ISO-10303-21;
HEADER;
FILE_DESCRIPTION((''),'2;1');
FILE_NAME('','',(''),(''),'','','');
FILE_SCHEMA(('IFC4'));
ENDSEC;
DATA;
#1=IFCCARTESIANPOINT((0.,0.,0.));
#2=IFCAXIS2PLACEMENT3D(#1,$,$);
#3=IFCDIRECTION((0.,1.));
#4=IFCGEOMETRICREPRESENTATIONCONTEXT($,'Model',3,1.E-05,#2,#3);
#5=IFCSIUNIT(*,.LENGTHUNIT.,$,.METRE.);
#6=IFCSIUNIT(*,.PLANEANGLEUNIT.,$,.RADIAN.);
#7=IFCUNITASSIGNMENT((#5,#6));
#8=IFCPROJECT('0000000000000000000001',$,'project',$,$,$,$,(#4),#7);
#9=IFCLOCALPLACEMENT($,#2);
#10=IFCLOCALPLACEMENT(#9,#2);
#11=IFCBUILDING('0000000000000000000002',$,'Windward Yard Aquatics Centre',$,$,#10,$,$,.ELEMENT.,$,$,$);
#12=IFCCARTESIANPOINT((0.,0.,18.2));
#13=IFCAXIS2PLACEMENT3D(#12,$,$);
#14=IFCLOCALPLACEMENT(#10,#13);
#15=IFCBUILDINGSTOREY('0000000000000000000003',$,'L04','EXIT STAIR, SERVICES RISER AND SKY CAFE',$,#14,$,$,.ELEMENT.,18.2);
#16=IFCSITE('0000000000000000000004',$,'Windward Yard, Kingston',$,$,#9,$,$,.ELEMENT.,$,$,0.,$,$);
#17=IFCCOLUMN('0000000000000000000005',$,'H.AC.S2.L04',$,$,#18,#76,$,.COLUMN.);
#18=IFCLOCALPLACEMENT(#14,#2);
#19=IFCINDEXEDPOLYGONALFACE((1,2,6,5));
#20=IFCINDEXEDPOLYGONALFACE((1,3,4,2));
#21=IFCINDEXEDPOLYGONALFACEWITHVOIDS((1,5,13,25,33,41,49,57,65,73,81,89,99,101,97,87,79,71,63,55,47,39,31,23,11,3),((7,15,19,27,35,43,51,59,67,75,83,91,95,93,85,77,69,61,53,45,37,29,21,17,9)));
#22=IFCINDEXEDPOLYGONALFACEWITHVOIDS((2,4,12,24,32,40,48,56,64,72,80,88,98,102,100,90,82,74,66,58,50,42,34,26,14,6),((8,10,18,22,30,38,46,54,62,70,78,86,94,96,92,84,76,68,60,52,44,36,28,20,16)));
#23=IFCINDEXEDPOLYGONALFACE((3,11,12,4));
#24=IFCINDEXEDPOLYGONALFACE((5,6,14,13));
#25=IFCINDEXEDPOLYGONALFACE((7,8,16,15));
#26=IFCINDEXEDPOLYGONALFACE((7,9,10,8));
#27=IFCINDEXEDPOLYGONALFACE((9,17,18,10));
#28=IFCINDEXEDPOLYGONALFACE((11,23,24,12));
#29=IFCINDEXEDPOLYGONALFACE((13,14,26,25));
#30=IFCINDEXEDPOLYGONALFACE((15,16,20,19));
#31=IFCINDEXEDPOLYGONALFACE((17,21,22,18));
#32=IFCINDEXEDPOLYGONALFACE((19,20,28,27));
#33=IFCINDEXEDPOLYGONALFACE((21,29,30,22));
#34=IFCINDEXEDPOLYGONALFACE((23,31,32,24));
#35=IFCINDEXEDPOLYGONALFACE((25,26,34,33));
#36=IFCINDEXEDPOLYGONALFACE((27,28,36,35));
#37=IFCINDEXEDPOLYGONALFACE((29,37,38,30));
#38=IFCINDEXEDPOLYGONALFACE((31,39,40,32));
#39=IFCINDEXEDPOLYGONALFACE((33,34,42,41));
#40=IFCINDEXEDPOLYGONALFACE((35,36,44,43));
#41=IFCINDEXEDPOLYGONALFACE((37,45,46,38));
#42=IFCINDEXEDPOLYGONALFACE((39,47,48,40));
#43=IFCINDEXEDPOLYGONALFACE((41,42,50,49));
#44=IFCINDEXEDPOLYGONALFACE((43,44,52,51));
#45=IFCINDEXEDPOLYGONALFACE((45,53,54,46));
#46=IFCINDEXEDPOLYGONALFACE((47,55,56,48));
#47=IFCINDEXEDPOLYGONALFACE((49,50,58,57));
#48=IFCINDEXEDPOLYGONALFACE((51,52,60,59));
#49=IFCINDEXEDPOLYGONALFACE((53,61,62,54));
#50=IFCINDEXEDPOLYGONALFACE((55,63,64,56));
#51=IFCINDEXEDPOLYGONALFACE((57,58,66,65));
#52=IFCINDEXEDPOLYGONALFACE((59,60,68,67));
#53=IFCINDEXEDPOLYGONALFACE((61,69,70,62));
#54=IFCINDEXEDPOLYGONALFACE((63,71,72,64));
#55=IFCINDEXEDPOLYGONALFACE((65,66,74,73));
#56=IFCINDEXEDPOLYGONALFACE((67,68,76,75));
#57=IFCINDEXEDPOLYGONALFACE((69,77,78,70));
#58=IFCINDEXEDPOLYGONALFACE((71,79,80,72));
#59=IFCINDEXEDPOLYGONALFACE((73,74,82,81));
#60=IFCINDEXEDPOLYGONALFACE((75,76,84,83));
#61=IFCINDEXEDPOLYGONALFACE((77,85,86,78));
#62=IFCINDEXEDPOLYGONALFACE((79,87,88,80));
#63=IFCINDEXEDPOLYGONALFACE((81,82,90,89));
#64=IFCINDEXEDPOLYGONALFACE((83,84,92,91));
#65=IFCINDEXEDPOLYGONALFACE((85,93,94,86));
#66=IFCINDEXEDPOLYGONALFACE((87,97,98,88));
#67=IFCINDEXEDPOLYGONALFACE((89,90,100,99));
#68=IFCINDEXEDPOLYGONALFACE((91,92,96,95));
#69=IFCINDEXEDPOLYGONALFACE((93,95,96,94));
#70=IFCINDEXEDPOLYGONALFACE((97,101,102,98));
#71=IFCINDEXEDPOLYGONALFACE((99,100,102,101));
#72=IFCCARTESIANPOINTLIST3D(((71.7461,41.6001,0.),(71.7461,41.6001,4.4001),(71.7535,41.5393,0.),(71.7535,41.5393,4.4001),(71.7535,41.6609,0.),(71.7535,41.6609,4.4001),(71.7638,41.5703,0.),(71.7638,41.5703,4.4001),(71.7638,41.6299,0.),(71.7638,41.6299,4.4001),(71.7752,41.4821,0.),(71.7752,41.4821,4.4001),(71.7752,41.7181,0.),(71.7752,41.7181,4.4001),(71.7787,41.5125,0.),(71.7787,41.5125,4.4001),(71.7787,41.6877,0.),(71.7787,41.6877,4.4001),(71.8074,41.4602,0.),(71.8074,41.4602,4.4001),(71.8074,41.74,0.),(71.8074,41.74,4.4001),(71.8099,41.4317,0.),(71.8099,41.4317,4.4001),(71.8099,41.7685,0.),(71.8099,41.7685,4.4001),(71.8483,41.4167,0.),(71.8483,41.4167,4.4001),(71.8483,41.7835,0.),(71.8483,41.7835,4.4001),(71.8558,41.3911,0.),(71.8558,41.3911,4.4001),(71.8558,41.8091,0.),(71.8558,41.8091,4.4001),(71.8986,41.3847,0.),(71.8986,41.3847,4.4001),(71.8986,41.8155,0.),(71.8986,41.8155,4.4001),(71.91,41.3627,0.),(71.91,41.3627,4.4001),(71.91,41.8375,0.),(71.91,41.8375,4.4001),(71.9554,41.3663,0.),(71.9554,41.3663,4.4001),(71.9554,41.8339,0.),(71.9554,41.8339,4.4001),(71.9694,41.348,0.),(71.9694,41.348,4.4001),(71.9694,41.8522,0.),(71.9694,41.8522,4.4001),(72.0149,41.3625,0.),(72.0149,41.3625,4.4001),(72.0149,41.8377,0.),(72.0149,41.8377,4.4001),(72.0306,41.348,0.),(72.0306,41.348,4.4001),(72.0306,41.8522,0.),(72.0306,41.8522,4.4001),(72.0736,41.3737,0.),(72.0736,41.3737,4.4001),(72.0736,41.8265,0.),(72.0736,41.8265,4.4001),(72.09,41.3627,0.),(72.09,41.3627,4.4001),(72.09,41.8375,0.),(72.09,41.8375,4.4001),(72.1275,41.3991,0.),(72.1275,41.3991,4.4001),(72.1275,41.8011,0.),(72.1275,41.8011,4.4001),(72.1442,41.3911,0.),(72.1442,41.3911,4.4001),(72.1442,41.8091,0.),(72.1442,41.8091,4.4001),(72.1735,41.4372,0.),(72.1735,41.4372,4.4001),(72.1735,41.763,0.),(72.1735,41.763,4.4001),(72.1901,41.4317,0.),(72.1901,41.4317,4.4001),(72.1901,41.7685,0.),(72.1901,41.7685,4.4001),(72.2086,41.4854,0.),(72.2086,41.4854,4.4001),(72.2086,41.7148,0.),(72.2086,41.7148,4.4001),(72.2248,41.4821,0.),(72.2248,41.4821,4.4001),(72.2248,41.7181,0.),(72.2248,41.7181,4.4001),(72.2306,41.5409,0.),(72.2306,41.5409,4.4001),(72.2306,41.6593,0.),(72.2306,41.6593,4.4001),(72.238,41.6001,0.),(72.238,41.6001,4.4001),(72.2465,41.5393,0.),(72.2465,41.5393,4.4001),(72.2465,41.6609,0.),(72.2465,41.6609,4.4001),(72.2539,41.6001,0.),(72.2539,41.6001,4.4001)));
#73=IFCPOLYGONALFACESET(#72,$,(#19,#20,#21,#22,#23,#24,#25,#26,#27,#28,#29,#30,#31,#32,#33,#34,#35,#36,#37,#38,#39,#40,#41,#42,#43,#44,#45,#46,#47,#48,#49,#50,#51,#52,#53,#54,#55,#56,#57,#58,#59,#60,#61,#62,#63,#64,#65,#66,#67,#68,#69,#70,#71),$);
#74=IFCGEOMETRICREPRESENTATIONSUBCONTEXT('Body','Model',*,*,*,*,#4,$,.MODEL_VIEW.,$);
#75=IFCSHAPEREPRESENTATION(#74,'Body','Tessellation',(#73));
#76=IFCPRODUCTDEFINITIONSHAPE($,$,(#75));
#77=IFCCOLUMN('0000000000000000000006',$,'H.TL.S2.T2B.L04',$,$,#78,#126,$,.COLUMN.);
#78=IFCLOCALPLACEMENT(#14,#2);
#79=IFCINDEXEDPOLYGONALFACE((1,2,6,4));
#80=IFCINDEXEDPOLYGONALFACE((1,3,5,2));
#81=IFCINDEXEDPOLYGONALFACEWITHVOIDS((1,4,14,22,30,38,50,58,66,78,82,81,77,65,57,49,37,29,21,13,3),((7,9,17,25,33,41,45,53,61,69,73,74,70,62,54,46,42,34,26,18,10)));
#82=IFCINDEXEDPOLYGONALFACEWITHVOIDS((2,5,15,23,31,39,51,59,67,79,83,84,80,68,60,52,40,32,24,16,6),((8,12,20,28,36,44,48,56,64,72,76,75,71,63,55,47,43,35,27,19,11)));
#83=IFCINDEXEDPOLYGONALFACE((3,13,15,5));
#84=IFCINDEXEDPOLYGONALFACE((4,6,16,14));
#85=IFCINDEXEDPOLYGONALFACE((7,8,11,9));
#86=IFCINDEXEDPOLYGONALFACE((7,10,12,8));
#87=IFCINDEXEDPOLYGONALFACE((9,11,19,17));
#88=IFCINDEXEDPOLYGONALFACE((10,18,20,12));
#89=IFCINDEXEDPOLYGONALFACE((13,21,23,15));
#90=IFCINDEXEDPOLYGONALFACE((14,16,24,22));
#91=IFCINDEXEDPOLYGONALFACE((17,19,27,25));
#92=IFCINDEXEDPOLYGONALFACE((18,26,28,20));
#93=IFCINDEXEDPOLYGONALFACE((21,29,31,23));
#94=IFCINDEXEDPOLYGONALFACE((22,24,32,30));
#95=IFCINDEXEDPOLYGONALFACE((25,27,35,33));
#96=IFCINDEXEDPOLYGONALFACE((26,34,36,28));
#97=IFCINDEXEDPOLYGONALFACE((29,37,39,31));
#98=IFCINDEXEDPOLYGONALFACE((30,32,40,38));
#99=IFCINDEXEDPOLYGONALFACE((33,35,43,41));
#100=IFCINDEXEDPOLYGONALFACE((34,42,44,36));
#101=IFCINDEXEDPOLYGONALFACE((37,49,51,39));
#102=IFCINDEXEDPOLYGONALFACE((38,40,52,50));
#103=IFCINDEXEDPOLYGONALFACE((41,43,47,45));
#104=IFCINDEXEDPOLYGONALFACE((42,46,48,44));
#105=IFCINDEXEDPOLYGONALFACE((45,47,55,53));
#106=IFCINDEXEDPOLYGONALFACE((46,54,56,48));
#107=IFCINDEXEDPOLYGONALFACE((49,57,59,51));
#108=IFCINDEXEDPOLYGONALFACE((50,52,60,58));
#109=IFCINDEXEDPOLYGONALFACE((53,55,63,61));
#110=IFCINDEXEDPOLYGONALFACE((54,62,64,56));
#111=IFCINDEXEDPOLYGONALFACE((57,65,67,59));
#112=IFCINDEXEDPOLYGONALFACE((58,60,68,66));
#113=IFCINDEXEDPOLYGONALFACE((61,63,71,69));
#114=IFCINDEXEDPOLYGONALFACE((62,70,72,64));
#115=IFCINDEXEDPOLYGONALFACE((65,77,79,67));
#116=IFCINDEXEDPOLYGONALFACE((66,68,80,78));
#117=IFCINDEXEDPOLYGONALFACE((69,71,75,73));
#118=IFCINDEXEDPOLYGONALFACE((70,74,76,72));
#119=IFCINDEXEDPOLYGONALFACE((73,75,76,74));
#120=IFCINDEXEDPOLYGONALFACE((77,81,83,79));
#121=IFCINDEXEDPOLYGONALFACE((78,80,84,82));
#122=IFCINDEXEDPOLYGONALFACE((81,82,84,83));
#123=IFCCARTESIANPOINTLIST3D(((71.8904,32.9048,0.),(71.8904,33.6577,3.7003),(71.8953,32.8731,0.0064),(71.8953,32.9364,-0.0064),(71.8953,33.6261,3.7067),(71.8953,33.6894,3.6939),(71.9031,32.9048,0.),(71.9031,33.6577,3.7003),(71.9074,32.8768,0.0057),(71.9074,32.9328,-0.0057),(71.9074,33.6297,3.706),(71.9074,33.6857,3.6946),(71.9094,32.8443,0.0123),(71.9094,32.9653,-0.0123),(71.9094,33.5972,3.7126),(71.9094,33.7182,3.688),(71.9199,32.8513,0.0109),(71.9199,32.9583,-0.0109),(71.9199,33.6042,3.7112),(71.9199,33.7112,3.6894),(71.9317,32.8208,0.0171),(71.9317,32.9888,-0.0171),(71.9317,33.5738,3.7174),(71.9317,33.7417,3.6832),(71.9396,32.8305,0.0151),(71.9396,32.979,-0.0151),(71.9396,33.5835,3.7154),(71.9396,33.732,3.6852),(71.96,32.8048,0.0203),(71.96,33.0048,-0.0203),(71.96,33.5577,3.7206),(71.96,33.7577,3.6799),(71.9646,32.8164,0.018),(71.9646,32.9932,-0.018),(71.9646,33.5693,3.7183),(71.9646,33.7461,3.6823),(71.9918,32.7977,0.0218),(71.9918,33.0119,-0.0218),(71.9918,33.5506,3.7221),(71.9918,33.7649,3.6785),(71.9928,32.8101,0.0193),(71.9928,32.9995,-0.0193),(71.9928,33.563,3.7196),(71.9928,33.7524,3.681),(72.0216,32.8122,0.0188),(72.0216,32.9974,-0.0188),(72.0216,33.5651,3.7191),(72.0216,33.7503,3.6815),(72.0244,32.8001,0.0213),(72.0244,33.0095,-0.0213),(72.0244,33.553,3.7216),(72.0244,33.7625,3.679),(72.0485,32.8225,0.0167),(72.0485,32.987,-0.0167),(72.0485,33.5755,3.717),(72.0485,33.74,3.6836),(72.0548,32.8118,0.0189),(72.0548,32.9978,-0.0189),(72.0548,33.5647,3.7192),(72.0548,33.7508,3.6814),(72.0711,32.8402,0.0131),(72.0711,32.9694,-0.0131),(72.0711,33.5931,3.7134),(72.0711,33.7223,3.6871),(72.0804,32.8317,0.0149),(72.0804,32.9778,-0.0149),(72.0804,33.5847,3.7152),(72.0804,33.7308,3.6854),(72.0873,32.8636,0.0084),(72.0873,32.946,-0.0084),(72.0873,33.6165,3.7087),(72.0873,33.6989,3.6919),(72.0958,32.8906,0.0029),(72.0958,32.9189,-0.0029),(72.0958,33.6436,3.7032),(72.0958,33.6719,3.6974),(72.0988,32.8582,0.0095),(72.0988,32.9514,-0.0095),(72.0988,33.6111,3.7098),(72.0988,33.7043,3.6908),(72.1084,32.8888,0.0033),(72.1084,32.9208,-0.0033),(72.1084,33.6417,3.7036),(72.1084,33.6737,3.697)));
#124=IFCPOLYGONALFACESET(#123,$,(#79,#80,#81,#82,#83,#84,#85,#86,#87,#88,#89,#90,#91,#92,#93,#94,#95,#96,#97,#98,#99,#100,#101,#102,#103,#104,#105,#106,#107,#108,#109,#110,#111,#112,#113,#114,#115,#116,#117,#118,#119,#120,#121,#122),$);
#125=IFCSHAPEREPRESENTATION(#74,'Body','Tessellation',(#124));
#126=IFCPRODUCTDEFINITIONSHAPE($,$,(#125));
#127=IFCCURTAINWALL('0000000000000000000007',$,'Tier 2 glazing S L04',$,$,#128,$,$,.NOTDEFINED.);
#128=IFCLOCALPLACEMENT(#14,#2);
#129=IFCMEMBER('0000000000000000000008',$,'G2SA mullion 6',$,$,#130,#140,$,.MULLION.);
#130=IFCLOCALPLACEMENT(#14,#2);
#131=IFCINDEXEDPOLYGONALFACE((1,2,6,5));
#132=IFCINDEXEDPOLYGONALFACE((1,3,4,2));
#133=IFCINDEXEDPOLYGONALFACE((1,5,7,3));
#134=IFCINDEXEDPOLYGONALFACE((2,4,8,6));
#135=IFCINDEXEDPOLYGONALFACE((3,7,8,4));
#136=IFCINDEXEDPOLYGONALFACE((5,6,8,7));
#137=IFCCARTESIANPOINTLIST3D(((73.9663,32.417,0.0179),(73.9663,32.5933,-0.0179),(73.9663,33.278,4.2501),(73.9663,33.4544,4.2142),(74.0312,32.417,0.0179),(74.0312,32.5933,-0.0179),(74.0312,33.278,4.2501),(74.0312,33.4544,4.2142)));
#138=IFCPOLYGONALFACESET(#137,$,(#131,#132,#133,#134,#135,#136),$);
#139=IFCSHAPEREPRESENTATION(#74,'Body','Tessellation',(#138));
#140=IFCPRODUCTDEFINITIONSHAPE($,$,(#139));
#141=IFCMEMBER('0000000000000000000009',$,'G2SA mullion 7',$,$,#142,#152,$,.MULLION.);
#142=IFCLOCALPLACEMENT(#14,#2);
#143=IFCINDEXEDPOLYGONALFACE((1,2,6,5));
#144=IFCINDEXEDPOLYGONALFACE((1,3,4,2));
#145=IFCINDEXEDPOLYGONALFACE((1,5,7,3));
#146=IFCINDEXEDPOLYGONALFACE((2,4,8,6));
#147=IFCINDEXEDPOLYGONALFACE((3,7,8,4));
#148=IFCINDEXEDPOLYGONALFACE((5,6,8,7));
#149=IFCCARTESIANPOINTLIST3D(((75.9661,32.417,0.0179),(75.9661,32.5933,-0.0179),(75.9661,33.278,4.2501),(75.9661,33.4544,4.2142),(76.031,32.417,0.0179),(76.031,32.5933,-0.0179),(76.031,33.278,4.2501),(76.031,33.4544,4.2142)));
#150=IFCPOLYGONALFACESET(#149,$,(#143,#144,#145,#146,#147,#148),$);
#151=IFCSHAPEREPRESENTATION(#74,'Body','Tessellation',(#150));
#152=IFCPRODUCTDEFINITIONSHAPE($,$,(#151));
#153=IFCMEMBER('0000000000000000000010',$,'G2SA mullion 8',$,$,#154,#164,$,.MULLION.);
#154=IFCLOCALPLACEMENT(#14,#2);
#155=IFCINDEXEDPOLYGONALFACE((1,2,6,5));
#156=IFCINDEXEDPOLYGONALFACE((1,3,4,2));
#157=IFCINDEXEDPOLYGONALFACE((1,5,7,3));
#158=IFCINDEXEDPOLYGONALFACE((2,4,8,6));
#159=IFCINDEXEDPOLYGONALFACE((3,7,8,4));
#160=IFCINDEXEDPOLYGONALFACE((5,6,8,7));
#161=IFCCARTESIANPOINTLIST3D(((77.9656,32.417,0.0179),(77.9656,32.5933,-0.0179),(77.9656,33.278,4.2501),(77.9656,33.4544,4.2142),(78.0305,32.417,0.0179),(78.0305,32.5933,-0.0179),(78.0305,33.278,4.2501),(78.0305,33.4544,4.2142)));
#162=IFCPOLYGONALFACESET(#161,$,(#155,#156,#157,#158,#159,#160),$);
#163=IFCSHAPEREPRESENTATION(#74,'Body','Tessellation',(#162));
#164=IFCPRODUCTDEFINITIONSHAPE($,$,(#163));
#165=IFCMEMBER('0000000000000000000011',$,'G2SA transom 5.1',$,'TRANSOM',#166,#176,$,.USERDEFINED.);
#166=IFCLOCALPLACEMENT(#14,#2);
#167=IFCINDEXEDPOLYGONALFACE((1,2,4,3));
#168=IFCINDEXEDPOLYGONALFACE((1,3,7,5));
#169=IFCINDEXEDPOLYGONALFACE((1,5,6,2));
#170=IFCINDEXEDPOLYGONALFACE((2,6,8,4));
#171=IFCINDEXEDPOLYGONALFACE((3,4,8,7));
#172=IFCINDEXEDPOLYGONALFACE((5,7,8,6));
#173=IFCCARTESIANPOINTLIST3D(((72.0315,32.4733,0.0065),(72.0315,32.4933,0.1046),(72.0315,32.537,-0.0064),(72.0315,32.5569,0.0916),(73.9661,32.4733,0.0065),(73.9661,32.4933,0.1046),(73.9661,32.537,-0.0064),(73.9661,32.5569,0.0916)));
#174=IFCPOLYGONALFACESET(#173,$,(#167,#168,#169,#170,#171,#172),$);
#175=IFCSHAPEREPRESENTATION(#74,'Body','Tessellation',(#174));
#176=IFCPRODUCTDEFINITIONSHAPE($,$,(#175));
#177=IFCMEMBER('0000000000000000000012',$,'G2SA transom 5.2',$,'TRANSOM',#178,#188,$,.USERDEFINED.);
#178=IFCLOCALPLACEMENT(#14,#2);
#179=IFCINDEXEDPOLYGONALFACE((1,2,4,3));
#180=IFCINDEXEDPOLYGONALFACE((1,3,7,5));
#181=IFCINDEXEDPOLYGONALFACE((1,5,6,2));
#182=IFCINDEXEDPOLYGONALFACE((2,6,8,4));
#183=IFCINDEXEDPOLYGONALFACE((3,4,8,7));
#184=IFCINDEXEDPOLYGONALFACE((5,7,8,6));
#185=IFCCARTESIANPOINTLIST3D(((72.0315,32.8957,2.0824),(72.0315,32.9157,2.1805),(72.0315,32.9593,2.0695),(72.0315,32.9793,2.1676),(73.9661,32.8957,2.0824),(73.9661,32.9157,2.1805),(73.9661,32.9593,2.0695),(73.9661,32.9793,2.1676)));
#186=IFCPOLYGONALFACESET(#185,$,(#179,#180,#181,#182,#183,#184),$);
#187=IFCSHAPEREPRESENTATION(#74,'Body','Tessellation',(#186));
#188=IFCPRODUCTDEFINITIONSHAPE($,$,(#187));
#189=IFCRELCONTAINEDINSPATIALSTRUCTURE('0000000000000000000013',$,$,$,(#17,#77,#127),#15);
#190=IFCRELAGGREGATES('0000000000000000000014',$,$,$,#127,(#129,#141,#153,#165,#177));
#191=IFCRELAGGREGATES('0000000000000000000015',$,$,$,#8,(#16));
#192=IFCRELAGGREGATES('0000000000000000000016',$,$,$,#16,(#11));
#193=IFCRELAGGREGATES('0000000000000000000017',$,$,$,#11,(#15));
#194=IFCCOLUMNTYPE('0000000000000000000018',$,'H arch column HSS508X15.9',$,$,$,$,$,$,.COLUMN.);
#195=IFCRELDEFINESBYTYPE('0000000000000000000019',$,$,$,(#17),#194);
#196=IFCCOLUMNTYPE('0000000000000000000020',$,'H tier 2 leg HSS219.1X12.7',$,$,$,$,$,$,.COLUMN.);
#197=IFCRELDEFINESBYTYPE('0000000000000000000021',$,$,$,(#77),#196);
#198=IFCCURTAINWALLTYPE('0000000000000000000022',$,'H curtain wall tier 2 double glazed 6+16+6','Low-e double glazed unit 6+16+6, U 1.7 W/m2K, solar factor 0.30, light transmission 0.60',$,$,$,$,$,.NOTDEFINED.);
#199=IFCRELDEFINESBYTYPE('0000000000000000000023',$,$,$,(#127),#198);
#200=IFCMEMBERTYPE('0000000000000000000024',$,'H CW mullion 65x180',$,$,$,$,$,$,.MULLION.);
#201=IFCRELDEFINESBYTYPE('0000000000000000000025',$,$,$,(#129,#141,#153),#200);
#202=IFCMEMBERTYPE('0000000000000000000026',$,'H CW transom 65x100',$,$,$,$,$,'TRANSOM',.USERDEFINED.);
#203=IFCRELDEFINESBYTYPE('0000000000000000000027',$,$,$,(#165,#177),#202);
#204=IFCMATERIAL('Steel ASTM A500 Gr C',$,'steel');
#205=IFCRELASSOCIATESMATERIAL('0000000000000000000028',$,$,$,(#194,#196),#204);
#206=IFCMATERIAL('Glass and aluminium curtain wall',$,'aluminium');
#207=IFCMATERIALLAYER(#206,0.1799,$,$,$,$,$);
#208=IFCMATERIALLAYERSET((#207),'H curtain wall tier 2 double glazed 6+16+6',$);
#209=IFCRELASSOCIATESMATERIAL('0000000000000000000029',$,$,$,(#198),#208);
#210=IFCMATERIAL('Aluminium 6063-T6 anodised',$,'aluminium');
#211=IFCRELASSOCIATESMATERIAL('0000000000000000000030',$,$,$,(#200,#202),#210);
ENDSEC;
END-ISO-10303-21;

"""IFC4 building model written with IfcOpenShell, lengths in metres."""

from ifc_helpers import new_model, si_unit, direction, frame, origin, origin_2d, place, context, subcontext, project, spatial, rectangle, hollow_circle, extrude, material, layer, layer_set, material_profile, profile_set, type_object, element, aggregate, save


model = new_model("IFC4")

# Units and contexts
model_context = context("Model", 3, precision=1e-05, world=origin(), true_north=direction((0.0, 1.0)))
body_context = subcontext(model_context, "Body", "Model", "MODEL_VIEW")
ifc_project = project(units=[si_unit("LENGTHUNIT", "METRE"), si_unit("PLANEANGLEUNIT", "RADIAN")], contexts=[model_context])

# Site, building, storey
site_placement = place(None, origin())
site = spatial("IfcSite", under=ifc_project, at=site_placement, Name="Windward Yard, Kingston", CompositionType="ELEMENT", RefElevation=0.0)
building_placement = place(site_placement, origin())
building = spatial("IfcBuilding", under=site, at=building_placement, Name="Windward Yard Aquatics Centre", CompositionType="ELEMENT")
storey_placement = place(building_placement, frame((0.0, 0.0, 18.2)))
storey = spatial("IfcBuildingStorey", under=building, at=storey_placement, Name="L04", Description="EXIT STAIR, SERVICES RISER AND SKY CAFE", CompositionType="ELEMENT", Elevation=18.2)

# Columns
ifc_material_1 = material(Name="Steel ASTM A500 Gr C", Category="steel")
ifc_material_profile_1 = material_profile(ifc_material_1, hollow_circle(Radius=0.2539, WallThickness=0.0159, at=origin_2d()), Name="HSS508X15.9")
ifc_profile_set_1 = profile_set([ifc_material_profile_1], Name="Steel ASTM A500 Gr C")
column_type_1 = type_object("IfcColumnType", Name="H arch column HSS508X15.9", PredefinedType="COLUMN", material=ifc_profile_set_1)
column_1_placement = place(storey_placement, frame((72.0, 41.6001, 0.0), z_axis=(0.0, 0.0, 1.0), x_axis=(1.0, 0.0, 0.0)))
element("IfcColumn", 1, at=column_1_placement, inside=storey, type_object=column_type_1, Name="H.AC.S2.L04", PredefinedType="COLUMN", context=body_context, shape_type="SweptSolid", body=[
    extrude(hollow_circle(Radius=0.2539, WallThickness=0.0159, at=origin_2d()), origin(), (0.0, 0.0, 1.0), 4.4001),
])
ifc_material_profile_2 = material_profile(ifc_material_1, hollow_circle(Radius=0.1096, WallThickness=0.0127, at=origin_2d()), Name="HSS219.1X12.7")
ifc_profile_set_2 = profile_set([ifc_material_profile_2], Name="Steel ASTM A500 Gr C")
column_type_2 = type_object("IfcColumnType", Name="H tier 2 leg HSS219.1X12.7", PredefinedType="COLUMN", material=ifc_profile_set_2)
column_2_placement = place(storey_placement, frame((72.0, 32.9048, 0.0), z_axis=(0.0, 0.199398, 0.979919), x_axis=(-1.0, 0.0, 0.0)))
element("IfcColumn", 2, at=column_2_placement, inside=storey, type_object=column_type_2, Name="H.TL.S2.T2B.L04", PredefinedType="COLUMN", context=body_context, shape_type="SweptSolid", body=[
    extrude(hollow_circle(Radius=0.1096, WallThickness=0.0127, at=origin_2d()), origin(), (0.0, 0.0, 1.0), 3.7761),
])

# Curtain wall, members
ifc_material_2 = material(Name="Glass and aluminium curtain wall", Category="aluminium")
ifc_layer_1 = layer(ifc_material_2, 0.1799)
ifc_layer_set_1 = layer_set([ifc_layer_1], Name="H curtain wall tier 2 double glazed 6+16+6")
curtain_wall_type = type_object("IfcCurtainWallType", Name="H curtain wall tier 2 double glazed 6+16+6", Description="Low-e double glazed unit 6+16+6, U 1.7 W/m2K, solar factor 0.30, light transmission 0.60", PredefinedType="NOTDEFINED", material=ifc_layer_set_1)
curtain_wall_placement = place(storey_placement, origin())
curtain_wall = element("IfcCurtainWall", 3, at=curtain_wall_placement, inside=storey, type_object=curtain_wall_type, Name="Tier 2 glazing S L04", PredefinedType="NOTDEFINED")
ifc_material_3 = material(Name="Aluminium 6063-T6 anodised", Category="aluminium")
ifc_material_profile_3 = material_profile(ifc_material_3, rectangle(XDim=0.0649, YDim=0.1799, at=origin_2d()), Name="H CW mullion 65x180")
ifc_profile_set_3 = profile_set([ifc_material_profile_3], Name="Aluminium 6063-T6 anodised")
member_type_1 = type_object("IfcMemberType", Name="H CW mullion 65x180", PredefinedType="MULLION", material=ifc_profile_set_3)
member_1_placement = place(storey_placement, frame((73.9988, 32.5051, 0.0), z_axis=(0.0, 0.199376, 0.979923), x_axis=(-1.0, 0.0, 0.0)))
member_1 = element("IfcMember", 4, at=member_1_placement, type_object=member_type_1, Name="G2SA mullion 6", PredefinedType="MULLION", context=body_context, shape_type="SweptSolid", body=[
    extrude(rectangle(XDim=0.0649, YDim=0.1799, at=origin_2d()), origin(), (0.0, 0.0, 1.0), 4.3188),
])
member_2_placement = place(storey_placement, frame((75.9985, 32.5051, 0.0), z_axis=(0.0, 0.199376, 0.979923), x_axis=(-1.0, 0.0, 0.0)))
member_2 = element("IfcMember", 5, at=member_2_placement, type_object=member_type_1, Name="G2SA mullion 7", PredefinedType="MULLION", context=body_context, shape_type="SweptSolid", body=[
    extrude(rectangle(XDim=0.0649, YDim=0.1799, at=origin_2d()), origin(), (0.0, 0.0, 1.0), 4.3188),
])
member_3_placement = place(storey_placement, frame((77.998, 32.5051, 0.0), z_axis=(0.0, 0.199376, 0.979923), x_axis=(-1.0, 0.0, 0.0)))
member_3 = element("IfcMember", 6, at=member_3_placement, type_object=member_type_1, Name="G2SA mullion 8", PredefinedType="MULLION", context=body_context, shape_type="SweptSolid", body=[
    extrude(rectangle(XDim=0.0649, YDim=0.1799, at=origin_2d()), origin(), (0.0, 0.0, 1.0), 4.3188),
])
ifc_material_profile_4 = material_profile(ifc_material_3, rectangle(XDim=0.0649, YDim=0.1001, at=origin_2d()), Name="H CW transom 65x100")
ifc_profile_set_4 = profile_set([ifc_material_profile_4], Name="Aluminium 6063-T6 anodised")
member_type_2 = type_object("IfcMemberType", Name="H CW transom 65x100", ElementType="TRANSOM", PredefinedType="USERDEFINED", material=ifc_profile_set_4)
member_4_placement = place(storey_placement, frame((72.0315, 32.5151, 0.0491), z_axis=(1.0, 0.0, 0.0), x_axis=(0.0, -0.979925, 0.199368)))
member_4 = element("IfcMember", 7, at=member_4_placement, type_object=member_type_2, Name="G2SA transom 5.1", ObjectType="TRANSOM", PredefinedType="USERDEFINED", context=body_context, shape_type="SweptSolid", body=[
    extrude(rectangle(XDim=0.0649, YDim=0.1001, at=origin_2d()), origin(), (0.0, 0.0, 1.0), 1.9346),
])
member_5_placement = place(storey_placement, frame((72.0315, 32.9375, 2.125), z_axis=(1.0, 0.0, 0.0), x_axis=(0.0, -0.979925, 0.199368)))
member_5 = element("IfcMember", 8, at=member_5_placement, type_object=member_type_2, Name="G2SA transom 5.2", ObjectType="TRANSOM", PredefinedType="USERDEFINED", context=body_context, shape_type="SweptSolid", body=[
    extrude(rectangle(XDim=0.0649, YDim=0.1001, at=origin_2d()), origin(), (0.0, 0.0, 1.0), 1.9346),
])

aggregate(curtain_wall, [member_1, member_2, member_3, member_4, member_5])

save(model, "model.ifc")
